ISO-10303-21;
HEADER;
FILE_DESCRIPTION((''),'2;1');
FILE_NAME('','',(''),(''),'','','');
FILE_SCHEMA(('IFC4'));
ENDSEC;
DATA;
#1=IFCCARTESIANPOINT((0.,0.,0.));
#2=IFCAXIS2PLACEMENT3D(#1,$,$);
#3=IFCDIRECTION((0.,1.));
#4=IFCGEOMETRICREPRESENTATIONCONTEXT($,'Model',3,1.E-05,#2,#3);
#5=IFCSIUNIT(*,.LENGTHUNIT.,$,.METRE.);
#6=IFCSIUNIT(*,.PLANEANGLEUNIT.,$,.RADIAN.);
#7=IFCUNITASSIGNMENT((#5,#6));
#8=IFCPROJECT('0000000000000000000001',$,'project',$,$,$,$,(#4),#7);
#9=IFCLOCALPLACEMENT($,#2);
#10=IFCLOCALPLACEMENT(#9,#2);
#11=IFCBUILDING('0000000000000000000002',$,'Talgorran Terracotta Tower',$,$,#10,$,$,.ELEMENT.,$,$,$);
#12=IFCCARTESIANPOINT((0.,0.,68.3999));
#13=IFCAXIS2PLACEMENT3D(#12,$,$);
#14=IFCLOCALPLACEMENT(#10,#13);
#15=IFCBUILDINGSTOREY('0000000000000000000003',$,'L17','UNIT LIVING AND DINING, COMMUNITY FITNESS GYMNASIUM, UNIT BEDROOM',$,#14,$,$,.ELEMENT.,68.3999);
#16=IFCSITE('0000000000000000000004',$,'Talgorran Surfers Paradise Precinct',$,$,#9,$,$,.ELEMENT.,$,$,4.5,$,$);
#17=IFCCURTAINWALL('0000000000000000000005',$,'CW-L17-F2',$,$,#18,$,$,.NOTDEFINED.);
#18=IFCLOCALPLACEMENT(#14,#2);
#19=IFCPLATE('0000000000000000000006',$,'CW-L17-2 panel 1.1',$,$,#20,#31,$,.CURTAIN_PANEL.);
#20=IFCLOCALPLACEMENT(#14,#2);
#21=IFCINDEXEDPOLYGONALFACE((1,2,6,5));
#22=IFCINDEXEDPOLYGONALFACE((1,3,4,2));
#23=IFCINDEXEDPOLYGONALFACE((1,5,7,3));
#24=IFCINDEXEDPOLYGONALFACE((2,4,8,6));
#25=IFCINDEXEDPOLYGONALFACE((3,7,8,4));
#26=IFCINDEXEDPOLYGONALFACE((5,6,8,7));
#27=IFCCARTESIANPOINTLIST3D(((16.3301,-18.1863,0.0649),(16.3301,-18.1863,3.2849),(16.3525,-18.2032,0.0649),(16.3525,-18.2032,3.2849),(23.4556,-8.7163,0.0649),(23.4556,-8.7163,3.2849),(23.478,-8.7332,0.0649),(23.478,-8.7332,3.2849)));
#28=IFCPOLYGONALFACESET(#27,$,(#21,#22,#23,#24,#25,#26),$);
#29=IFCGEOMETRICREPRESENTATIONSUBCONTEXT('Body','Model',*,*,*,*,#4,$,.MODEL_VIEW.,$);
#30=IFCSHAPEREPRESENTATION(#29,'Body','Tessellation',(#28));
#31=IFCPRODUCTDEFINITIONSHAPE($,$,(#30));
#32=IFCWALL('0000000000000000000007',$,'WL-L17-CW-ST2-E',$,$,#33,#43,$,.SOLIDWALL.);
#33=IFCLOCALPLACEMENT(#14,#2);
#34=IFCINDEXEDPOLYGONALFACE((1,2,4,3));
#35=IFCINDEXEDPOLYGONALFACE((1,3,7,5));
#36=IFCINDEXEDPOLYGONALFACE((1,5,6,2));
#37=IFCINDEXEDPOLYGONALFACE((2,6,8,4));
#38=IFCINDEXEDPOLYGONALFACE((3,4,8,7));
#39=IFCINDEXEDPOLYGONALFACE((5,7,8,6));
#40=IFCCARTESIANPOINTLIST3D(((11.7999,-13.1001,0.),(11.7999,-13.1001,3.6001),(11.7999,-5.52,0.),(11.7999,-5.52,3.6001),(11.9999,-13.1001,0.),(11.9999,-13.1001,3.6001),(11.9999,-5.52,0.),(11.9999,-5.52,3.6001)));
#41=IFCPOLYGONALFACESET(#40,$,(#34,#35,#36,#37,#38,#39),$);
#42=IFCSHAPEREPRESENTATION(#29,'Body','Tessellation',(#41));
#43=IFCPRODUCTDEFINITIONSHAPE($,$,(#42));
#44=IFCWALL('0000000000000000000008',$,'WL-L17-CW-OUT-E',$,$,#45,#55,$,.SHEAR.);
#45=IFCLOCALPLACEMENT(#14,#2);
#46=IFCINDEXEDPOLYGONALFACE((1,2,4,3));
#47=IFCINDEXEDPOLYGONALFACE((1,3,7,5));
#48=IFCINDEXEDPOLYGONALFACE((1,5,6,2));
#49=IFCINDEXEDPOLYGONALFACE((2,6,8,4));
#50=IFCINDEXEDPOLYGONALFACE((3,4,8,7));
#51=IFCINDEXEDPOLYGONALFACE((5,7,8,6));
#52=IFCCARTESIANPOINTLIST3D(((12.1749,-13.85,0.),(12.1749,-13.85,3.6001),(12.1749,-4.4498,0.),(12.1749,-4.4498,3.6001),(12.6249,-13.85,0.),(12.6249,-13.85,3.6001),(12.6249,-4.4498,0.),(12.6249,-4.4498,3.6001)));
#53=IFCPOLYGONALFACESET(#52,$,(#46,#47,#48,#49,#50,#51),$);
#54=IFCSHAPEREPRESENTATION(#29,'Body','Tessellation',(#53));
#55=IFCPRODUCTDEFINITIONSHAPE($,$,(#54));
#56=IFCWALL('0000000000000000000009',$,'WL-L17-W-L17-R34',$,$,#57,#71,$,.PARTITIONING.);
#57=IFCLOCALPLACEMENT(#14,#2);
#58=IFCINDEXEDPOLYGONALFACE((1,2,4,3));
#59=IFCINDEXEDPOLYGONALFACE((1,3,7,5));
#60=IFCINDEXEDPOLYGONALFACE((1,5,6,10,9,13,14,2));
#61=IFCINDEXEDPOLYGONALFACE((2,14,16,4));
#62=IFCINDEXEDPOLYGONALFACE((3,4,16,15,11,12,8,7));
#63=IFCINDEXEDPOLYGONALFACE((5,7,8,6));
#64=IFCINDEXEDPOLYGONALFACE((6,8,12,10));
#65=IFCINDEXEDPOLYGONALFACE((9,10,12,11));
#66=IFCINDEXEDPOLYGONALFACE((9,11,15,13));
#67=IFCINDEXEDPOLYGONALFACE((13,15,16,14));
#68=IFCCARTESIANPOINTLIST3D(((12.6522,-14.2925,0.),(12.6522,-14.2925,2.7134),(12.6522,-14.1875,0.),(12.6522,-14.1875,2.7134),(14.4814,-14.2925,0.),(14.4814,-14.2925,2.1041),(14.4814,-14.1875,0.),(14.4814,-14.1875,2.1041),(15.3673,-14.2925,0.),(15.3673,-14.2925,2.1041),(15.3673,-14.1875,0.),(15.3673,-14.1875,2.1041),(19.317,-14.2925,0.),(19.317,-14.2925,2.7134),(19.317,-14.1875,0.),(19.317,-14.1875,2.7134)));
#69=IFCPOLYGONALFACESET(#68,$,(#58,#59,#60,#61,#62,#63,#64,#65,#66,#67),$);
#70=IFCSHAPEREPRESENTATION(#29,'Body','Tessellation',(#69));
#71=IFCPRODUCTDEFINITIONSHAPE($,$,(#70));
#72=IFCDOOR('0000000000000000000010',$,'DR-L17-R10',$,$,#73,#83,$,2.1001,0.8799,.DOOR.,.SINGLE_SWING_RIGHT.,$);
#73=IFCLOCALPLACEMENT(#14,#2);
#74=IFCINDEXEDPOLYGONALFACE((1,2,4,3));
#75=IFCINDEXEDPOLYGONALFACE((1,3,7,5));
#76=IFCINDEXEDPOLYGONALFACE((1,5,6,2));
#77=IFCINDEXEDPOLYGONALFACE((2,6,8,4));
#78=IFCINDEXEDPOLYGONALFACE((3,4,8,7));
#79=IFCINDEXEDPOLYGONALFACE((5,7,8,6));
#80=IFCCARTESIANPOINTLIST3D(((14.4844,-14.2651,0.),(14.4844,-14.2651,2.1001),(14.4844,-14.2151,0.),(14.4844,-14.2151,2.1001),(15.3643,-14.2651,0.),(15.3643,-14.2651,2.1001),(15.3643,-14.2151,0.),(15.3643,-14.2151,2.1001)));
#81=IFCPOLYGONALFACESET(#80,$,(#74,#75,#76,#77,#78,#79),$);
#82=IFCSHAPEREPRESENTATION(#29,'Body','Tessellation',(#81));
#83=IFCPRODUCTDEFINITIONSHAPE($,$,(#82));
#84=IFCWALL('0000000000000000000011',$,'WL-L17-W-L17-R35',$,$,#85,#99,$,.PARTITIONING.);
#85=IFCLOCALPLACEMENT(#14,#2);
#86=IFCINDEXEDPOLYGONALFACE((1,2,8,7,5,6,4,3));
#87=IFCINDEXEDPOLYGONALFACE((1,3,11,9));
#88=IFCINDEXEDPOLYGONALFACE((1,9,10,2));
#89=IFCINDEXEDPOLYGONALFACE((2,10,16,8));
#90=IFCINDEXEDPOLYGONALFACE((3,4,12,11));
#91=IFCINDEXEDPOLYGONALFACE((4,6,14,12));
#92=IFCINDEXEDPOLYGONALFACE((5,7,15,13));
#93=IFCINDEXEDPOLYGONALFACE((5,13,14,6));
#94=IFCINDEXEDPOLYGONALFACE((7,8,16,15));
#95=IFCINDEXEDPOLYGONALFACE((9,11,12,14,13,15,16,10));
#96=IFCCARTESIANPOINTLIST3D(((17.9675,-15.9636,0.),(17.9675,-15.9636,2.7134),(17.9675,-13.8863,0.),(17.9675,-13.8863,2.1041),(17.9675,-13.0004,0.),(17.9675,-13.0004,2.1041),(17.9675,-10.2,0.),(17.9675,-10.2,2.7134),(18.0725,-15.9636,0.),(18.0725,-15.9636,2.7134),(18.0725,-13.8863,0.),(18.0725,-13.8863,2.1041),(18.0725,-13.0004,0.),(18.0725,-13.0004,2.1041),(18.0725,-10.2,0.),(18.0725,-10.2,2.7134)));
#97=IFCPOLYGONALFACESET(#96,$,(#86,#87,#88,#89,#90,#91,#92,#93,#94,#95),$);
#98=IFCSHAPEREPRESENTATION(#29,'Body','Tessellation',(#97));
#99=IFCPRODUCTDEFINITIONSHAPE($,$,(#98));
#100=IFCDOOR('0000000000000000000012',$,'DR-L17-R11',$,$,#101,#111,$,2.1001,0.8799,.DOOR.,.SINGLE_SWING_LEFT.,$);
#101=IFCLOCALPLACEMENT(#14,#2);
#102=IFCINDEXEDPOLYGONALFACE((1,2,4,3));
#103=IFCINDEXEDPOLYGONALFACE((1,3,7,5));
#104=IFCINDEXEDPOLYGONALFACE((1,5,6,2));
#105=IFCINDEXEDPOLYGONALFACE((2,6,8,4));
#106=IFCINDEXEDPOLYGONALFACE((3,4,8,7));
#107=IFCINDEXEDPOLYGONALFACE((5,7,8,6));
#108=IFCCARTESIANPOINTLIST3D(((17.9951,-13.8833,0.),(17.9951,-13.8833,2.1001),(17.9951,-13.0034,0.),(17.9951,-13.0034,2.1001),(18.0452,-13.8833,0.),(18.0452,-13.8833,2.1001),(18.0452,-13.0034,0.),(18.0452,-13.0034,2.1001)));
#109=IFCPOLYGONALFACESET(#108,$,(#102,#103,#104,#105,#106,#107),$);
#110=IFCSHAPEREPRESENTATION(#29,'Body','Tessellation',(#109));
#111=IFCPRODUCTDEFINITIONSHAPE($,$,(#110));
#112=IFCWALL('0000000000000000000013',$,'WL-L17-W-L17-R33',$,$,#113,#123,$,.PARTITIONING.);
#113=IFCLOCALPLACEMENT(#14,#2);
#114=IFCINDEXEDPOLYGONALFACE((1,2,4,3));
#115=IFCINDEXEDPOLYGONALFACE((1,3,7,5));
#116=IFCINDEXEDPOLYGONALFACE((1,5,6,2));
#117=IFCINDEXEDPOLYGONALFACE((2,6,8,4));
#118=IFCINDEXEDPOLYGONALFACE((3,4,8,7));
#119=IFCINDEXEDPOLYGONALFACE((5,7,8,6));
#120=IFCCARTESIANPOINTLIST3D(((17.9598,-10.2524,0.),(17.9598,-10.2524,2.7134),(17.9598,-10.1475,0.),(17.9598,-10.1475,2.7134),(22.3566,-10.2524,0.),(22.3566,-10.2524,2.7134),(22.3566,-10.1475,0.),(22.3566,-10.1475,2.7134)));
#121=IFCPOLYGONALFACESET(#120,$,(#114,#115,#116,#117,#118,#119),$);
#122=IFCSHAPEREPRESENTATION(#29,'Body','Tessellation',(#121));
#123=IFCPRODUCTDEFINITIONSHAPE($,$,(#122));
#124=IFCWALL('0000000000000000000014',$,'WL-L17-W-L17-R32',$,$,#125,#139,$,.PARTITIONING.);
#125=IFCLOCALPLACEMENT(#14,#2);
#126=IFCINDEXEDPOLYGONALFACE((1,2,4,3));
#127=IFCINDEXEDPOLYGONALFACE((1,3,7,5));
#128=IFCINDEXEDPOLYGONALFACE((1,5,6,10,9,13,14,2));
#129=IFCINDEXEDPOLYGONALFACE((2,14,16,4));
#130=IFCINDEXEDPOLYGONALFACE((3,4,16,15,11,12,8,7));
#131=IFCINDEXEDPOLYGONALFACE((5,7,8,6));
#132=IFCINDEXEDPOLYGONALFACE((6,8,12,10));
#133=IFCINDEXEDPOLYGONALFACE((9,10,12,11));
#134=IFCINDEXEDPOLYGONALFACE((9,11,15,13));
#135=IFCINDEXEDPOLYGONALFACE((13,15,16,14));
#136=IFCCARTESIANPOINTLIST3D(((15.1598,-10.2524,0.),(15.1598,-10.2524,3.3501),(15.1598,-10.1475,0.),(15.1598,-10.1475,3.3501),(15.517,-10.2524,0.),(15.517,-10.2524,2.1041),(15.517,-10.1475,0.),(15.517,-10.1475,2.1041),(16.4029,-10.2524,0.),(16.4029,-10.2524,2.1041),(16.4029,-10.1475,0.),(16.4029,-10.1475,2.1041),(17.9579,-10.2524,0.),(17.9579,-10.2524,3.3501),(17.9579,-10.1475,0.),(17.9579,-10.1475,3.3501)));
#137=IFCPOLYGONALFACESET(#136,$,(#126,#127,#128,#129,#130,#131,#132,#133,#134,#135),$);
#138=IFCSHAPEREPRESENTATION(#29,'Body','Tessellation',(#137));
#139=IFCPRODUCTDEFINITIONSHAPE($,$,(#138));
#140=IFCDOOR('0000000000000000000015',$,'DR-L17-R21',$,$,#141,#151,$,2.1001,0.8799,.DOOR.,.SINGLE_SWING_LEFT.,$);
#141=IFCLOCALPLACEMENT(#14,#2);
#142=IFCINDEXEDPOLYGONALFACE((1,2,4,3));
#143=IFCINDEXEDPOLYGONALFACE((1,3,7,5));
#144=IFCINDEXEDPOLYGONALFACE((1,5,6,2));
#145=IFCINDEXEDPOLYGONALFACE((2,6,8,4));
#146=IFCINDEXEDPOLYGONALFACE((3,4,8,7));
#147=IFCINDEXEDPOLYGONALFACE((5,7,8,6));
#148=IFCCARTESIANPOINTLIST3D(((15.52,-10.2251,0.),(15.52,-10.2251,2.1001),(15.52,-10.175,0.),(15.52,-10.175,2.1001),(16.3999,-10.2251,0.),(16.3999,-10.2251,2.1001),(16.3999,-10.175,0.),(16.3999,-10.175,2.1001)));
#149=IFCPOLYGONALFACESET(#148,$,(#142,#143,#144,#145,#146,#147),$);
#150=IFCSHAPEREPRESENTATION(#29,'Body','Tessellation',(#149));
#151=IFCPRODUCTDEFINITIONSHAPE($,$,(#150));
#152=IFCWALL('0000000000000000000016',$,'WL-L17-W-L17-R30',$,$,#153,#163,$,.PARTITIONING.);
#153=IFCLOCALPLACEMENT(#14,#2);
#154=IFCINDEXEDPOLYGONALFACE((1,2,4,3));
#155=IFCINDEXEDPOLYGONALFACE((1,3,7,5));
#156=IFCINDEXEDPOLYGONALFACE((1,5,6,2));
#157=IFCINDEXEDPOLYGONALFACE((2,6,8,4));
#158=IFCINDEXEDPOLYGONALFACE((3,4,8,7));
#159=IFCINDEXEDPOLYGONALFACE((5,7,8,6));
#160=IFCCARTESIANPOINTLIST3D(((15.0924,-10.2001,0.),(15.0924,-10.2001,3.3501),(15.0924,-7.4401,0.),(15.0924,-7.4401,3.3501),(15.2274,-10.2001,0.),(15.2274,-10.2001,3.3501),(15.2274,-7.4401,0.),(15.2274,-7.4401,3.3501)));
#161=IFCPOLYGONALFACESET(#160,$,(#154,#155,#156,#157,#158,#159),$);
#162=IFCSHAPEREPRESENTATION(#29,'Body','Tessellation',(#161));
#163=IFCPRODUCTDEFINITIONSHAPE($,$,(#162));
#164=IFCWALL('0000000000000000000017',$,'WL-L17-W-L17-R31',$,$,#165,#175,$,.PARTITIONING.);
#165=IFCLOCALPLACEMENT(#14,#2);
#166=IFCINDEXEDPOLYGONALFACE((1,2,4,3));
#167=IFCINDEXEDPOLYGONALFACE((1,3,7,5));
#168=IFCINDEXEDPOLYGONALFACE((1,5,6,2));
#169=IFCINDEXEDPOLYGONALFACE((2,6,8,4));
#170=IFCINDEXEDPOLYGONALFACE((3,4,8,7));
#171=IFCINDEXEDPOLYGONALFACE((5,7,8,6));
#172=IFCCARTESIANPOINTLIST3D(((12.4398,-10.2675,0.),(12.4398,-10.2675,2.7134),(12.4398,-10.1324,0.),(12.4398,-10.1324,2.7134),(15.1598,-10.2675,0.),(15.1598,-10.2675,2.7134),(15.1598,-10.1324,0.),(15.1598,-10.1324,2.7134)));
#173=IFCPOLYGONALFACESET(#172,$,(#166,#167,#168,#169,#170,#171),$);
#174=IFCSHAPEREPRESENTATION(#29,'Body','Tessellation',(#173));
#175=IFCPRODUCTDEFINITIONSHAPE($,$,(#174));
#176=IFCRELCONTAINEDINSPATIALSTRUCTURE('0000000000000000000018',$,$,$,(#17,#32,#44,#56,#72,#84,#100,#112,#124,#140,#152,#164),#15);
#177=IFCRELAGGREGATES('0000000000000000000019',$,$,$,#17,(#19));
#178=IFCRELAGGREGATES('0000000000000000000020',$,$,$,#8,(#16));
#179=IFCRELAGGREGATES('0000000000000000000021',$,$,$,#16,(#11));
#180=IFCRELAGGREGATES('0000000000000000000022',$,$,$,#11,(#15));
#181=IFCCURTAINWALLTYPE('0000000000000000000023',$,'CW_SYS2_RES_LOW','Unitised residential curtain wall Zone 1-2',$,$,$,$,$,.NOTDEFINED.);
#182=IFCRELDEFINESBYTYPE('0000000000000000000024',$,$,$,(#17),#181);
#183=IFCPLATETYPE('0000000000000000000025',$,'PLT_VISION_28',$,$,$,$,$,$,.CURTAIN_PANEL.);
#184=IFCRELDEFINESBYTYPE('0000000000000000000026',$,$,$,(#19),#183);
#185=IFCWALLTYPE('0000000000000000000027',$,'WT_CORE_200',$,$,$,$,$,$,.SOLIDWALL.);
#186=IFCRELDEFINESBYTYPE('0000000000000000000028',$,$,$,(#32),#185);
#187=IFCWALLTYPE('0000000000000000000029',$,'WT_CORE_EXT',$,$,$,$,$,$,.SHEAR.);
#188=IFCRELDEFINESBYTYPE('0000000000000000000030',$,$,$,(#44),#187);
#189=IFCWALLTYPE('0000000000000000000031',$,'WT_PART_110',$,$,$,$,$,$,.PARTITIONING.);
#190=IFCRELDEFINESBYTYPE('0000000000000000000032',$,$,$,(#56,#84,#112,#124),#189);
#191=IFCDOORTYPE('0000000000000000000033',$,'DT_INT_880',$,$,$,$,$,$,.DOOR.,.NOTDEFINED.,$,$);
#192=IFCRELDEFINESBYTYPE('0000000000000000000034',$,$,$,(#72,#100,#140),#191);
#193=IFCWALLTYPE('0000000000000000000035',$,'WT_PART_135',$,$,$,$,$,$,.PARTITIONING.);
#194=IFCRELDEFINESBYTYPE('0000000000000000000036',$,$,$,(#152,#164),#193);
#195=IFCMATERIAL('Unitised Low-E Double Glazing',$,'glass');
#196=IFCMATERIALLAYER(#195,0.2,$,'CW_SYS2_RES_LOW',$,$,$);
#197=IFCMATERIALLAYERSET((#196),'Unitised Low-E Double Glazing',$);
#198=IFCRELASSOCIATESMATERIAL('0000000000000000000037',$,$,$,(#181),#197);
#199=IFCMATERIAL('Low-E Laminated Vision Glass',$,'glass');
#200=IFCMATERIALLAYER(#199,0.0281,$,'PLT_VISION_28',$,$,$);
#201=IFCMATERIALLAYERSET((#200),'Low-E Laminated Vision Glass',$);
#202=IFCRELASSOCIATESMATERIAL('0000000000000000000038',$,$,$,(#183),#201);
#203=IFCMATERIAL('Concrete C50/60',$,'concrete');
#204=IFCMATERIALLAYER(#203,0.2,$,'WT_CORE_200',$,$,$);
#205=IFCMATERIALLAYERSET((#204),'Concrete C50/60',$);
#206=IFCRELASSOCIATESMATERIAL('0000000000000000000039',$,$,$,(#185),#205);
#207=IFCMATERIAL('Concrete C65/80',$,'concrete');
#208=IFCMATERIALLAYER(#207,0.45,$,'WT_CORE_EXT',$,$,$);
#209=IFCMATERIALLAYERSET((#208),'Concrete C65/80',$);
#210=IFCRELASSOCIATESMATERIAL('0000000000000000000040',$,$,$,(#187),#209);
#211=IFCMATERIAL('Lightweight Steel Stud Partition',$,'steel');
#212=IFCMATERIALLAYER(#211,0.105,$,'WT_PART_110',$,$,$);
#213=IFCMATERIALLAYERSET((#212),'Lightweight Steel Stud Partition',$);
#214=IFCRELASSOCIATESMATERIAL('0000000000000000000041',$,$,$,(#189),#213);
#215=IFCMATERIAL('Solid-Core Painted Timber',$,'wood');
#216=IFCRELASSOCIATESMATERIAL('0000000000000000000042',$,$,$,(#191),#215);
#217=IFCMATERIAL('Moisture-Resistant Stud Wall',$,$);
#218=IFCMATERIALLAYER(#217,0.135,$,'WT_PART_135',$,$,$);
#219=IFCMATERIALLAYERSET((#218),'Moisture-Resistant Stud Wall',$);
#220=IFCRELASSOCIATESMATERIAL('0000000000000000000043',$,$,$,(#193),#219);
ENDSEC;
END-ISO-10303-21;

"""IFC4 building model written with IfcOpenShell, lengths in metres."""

from ifc_helpers import new_model, si_unit, direction, frame, frame_2d, origin, origin_2d, place, context, subcontext, project, spatial, rectangle, extrude, source, transform, mapped, material, layer, layer_set, type_object, element, fill, aggregate, save


model = new_model("IFC4")

# Units and contexts
model_context = context("Model", 3, precision=1e-05, world=origin(), true_north=direction((0.0, 1.0)))
body_context = subcontext(model_context, "Body", "Model", "MODEL_VIEW")
ifc_project = project(units=[si_unit("LENGTHUNIT", "METRE"), si_unit("PLANEANGLEUNIT", "RADIAN")], contexts=[model_context])

# Site, building, storey
site_placement = place(None, origin())
site = spatial("IfcSite", under=ifc_project, at=site_placement, Name="Talgorran Surfers Paradise Precinct", CompositionType="ELEMENT", RefElevation=4.5)
building_placement = place(site_placement, origin())
building = spatial("IfcBuilding", under=site, at=building_placement, Name="Talgorran Terracotta Tower", CompositionType="ELEMENT")
storey_placement = place(building_placement, frame((0.0, 0.0, 68.3999)))
storey = spatial("IfcBuildingStorey", under=building, at=storey_placement, Name="L17", Description="UNIT LIVING AND DINING, COMMUNITY FITNESS GYMNASIUM, UNIT BEDROOM", CompositionType="ELEMENT", Elevation=68.3999)

# Shared definitions
ifc_material_1 = material(Name="Unitised Low-E Double Glazing", Category="glass")
ifc_layer_1 = layer(ifc_material_1, 0.2, Name="CW_SYS2_RES_LOW")
ifc_layer_set_1 = layer_set([ifc_layer_1], Name="Unitised Low-E Double Glazing")
curtain_wall_type = type_object("IfcCurtainWallType", Name="CW_SYS2_RES_LOW", Description="Unitised residential curtain wall Zone 1-2", PredefinedType="NOTDEFINED", material=ifc_layer_set_1)

# Curtain wall
curtain_wall_1_placement = place(storey_placement, origin())
curtain_wall_1 = element("IfcCurtainWall", 1, at=curtain_wall_1_placement, inside=storey, type_object=curtain_wall_type, Name="CW-L17-F2", PredefinedType="NOTDEFINED")

# Plate
ifc_material_2 = material(Name="Low-E Laminated Vision Glass", Category="glass")
ifc_layer_2 = layer(ifc_material_2, 0.0281, Name="PLT_VISION_28")
ifc_layer_set_2 = layer_set([ifc_layer_2], Name="Low-E Laminated Vision Glass")
plate_type = type_object("IfcPlateType", Name="PLT_VISION_28", PredefinedType="CURTAIN_PANEL", material=ifc_layer_set_2)
shared_shape_1 = source(origin(), body_context, "Body", "SweptSolid", [
    extrude(rectangle(XDim=11.8513, YDim=0.0281, at=origin_2d()), origin(), (0.0, 0.0, 1.0), 3.22),
])
plate_1_placement = place(storey_placement, frame((19.9041, -13.4597, 0.0649), z_axis=(0.0, 0.0, 1.0), x_axis=(0.601243, 0.799067, 0.0)))
plate_1 = element("IfcPlate", 2, at=plate_1_placement, type_object=plate_type, Name="CW-L17-2 panel 1.1", PredefinedType="CURTAIN_PANEL", context=body_context, shape_type="MappedRepresentation", body=[
    mapped(shared_shape_1, transform((0.0, 0.0, 0.0), scale=1.0)),
])
aggregate(curtain_wall_1, [plate_1])

# Walls
ifc_material_3 = material(Name="Concrete C50/60", Category="concrete")
ifc_layer_3 = layer(ifc_material_3, 0.2, Name="WT_CORE_200")
ifc_layer_set_3 = layer_set([ifc_layer_3], Name="Concrete C50/60")
wall_type_1 = type_object("IfcWallType", Name="WT_CORE_200", PredefinedType="SOLIDWALL", material=ifc_layer_set_3)
wall_1_placement = place(storey_placement, frame((11.8999, -13.1001, 0.0), z_axis=(0.0, 0.0, 1.0), x_axis=(0.0, 1.0, 0.0)))
element("IfcWall", 3, at=wall_1_placement, inside=storey, type_object=wall_type_1, Name="WL-L17-CW-ST2-E", PredefinedType="SOLIDWALL", context=body_context, shape_type="SweptSolid", body=[
    extrude(rectangle(XDim=7.5801, YDim=0.2, at=frame_2d((3.79, 0.0))), origin(), (0.0, 0.0, 1.0), 3.6001),
])
ifc_material_4 = material(Name="Concrete C65/80", Category="concrete")
ifc_layer_4 = layer(ifc_material_4, 0.45, Name="WT_CORE_EXT")
ifc_layer_set_4 = layer_set([ifc_layer_4], Name="Concrete C65/80")
wall_type_2 = type_object("IfcWallType", Name="WT_CORE_EXT", PredefinedType="SHEAR", material=ifc_layer_set_4)
wall_2_placement = place(storey_placement, frame((12.3999, -13.8501, 0.0), z_axis=(0.0, 0.0, 1.0), x_axis=(0.0, 1.0, 0.0)))
element("IfcWall", 4, at=wall_2_placement, inside=storey, type_object=wall_type_2, Name="WL-L17-CW-OUT-E", PredefinedType="SHEAR", context=body_context, shape_type="SweptSolid", body=[
    extrude(rectangle(XDim=9.4001, YDim=0.45, at=frame_2d((4.7002, 0.0))), origin(), (0.0, 0.0, 1.0), 3.6001),
])

# Walls, openings, doors
ifc_material_5 = material(Name="Lightweight Steel Stud Partition", Category="steel")
ifc_layer_5 = layer(ifc_material_5, 0.105, Name="WT_PART_110")
ifc_layer_set_5 = layer_set([ifc_layer_5], Name="Lightweight Steel Stud Partition")
wall_type_3 = type_object("IfcWallType", Name="WT_PART_110", PredefinedType="PARTITIONING", material=ifc_layer_set_5)
wall_3_placement = place(storey_placement, frame((12.6521, -14.24, 0.0), z_axis=(0.0, 0.0, 1.0), x_axis=(1.0, 0.0, 0.0)))
wall_3 = element("IfcWall", 5, at=wall_3_placement, inside=storey, type_object=wall_type_3, Name="WL-L17-W-L17-R34", PredefinedType="PARTITIONING", context=body_context, shape_type="SweptSolid", body=[
    extrude(rectangle(XDim=6.6648, YDim=0.105, at=frame_2d((3.3325, 0.0))), origin(), (0.0, 0.0, 1.0), 2.7134),
])
opening_1_placement = place(wall_3_placement, frame((1.8323, 0.0, 0.0)))
opening_1 = element("IfcOpeningElement", 6, at=opening_1_placement, cuts=wall_3, PredefinedType="OPENING", context=body_context, shape_type="SweptSolid", body=[
    extrude(rectangle(XDim=0.8859, YDim=2.1041, at=frame_2d((0.4399, 1.052))), frame((0.0, 0.0625, 0.0), z_axis=(0.0, -1.0, 0.0), x_axis=(1.0, 0.0, 0.0)), (0.0, 0.0, 1.0), 0.125),
])
ifc_material_6 = material(Name="Solid-Core Painted Timber", Category="wood")
door_type = type_object("IfcDoorType", Name="DT_INT_880", OperationType="NOTDEFINED", PredefinedType="DOOR", material=ifc_material_6)
door_1_placement = place(opening_1_placement, origin())
door_1 = element("IfcDoor", 7, at=door_1_placement, inside=storey, type_object=door_type, Name="DR-L17-R10", OperationType="SINGLE_SWING_RIGHT", OverallHeight=2.1001, OverallWidth=0.8799, PredefinedType="DOOR", context=body_context, shape_type="SweptSolid", body=[
    extrude(rectangle(XDim=0.8799, YDim=2.1001, at=frame_2d((0.4399, 1.05))), frame((0.0, 0.0249, 0.0), z_axis=(0.0, -1.0, 0.0), x_axis=(1.0, 0.0, 0.0)), (0.0, 0.0, 1.0), 0.05),
])
fill(opening_1, door_1)
wall_4_placement = place(storey_placement, frame((18.02, -15.9636, 0.0), z_axis=(0.0, 0.0, 1.0), x_axis=(0.0, 1.0, 0.0)))
wall_4 = element("IfcWall", 8, at=wall_4_placement, inside=storey, type_object=wall_type_3, Name="WL-L17-W-L17-R35", PredefinedType="PARTITIONING", context=body_context, shape_type="SweptSolid", body=[
    extrude(rectangle(XDim=5.7637, YDim=0.105, at=frame_2d((2.8818, 0.0))), origin(), (0.0, 0.0, 1.0), 2.7134),
])
opening_2_placement = place(wall_4_placement, frame((2.0803, 0.0, 0.0)))
opening_2 = element("IfcOpeningElement", 9, at=opening_2_placement, cuts=wall_4, PredefinedType="OPENING", context=body_context, shape_type="SweptSolid", body=[
    extrude(rectangle(XDim=0.8859, YDim=2.1041, at=frame_2d((0.4399, 1.052))), frame((0.0, 0.0625, 0.0), z_axis=(0.0, -1.0, 0.0), x_axis=(1.0, 0.0, 0.0)), (0.0, 0.0, 1.0), 0.125),
])
door_2_placement = place(opening_2_placement, origin())
door_2 = element("IfcDoor", 10, at=door_2_placement, inside=storey, type_object=door_type, Name="DR-L17-R11", OperationType="SINGLE_SWING_LEFT", OverallHeight=2.1001, OverallWidth=0.8799, PredefinedType="DOOR", context=body_context, shape_type="SweptSolid", body=[
    extrude(rectangle(XDim=0.8799, YDim=2.1001, at=frame_2d((0.4399, 1.05))), frame((0.0, 0.0249, 0.0), z_axis=(0.0, -1.0, 0.0), x_axis=(1.0, 0.0, 0.0)), (0.0, 0.0, 1.0), 0.05),
])
fill(opening_2, door_2)

# Wall
wall_5_placement = place(storey_placement, frame((17.96, -10.2, 0.0), z_axis=(0.0, 0.0, 1.0), x_axis=(1.0, 0.0, 0.0)))
element("IfcWall", 11, at=wall_5_placement, inside=storey, type_object=wall_type_3, Name="WL-L17-W-L17-R33", PredefinedType="PARTITIONING", context=body_context, shape_type="SweptSolid", body=[
    extrude(rectangle(XDim=4.3967, YDim=0.105, at=frame_2d((2.1982, 0.0))), origin(), (0.0, 0.0, 1.0), 2.7134),
])

# Wall, opening, door
wall_6_placement = place(storey_placement, frame((15.1599, -10.2, 0.0), z_axis=(0.0, 0.0, 1.0), x_axis=(1.0, 0.0, 0.0)))
wall_6 = element("IfcWall", 12, at=wall_6_placement, inside=storey, type_object=wall_type_3, Name="WL-L17-W-L17-R32", PredefinedType="PARTITIONING", context=body_context, shape_type="SweptSolid", body=[
    extrude(rectangle(XDim=2.7981, YDim=0.105, at=frame_2d((1.3989, 0.0))), origin(), (0.0, 0.0, 1.0), 3.3501),
])
opening_3_placement = place(wall_6_placement, frame((0.3601, 0.0, 0.0)))
opening_3 = element("IfcOpeningElement", 13, at=opening_3_placement, cuts=wall_6, PredefinedType="OPENING", context=body_context, shape_type="SweptSolid", body=[
    extrude(rectangle(XDim=0.8859, YDim=2.1041, at=frame_2d((0.4399, 1.052))), frame((0.0, 0.0625, 0.0), z_axis=(0.0, -1.0, 0.0), x_axis=(1.0, 0.0, 0.0)), (0.0, 0.0, 1.0), 0.125),
])
door_3_placement = place(opening_3_placement, origin())
door_3 = element("IfcDoor", 14, at=door_3_placement, inside=storey, type_object=door_type, Name="DR-L17-R21", OperationType="SINGLE_SWING_LEFT", OverallHeight=2.1001, OverallWidth=0.8799, PredefinedType="DOOR", context=body_context, shape_type="SweptSolid", body=[
    extrude(rectangle(XDim=0.8799, YDim=2.1001, at=frame_2d((0.4399, 1.05))), frame((0.0, 0.0249, 0.0), z_axis=(0.0, -1.0, 0.0), x_axis=(1.0, 0.0, 0.0)), (0.0, 0.0, 1.0), 0.05),
])
fill(opening_3, door_3)

# Walls
ifc_material_7 = material(Name="Moisture-Resistant Stud Wall")
ifc_layer_6 = layer(ifc_material_7, 0.135, Name="WT_PART_135")
ifc_layer_set_6 = layer_set([ifc_layer_6], Name="Moisture-Resistant Stud Wall")
wall_type_4 = type_object("IfcWallType", Name="WT_PART_135", PredefinedType="PARTITIONING", material=ifc_layer_set_6)
wall_7_placement = place(storey_placement, frame((15.1599, -10.2, 0.0), z_axis=(0.0, 0.0, 1.0), x_axis=(0.0, 1.0, 0.0)))
element("IfcWall", 15, at=wall_7_placement, inside=storey, type_object=wall_type_4, Name="WL-L17-W-L17-R30", PredefinedType="PARTITIONING", context=body_context, shape_type="SweptSolid", body=[
    extrude(rectangle(XDim=2.76, YDim=0.135, at=frame_2d((1.3799, 0.0))), origin(), (0.0, 0.0, 1.0), 3.3501),
])
wall_8_placement = place(storey_placement, frame((12.4399, -10.2, 0.0), z_axis=(0.0, 0.0, 1.0), x_axis=(1.0, 0.0, 0.0)))
element("IfcWall", 16, at=wall_8_placement, inside=storey, type_object=wall_type_4, Name="WL-L17-W-L17-R31", PredefinedType="PARTITIONING", context=body_context, shape_type="SweptSolid", body=[
    extrude(rectangle(XDim=2.72, YDim=0.135, at=frame_2d((1.3599, 0.0))), origin(), (0.0, 0.0, 1.0), 2.7134),
])

save(model, "model.ifc")
